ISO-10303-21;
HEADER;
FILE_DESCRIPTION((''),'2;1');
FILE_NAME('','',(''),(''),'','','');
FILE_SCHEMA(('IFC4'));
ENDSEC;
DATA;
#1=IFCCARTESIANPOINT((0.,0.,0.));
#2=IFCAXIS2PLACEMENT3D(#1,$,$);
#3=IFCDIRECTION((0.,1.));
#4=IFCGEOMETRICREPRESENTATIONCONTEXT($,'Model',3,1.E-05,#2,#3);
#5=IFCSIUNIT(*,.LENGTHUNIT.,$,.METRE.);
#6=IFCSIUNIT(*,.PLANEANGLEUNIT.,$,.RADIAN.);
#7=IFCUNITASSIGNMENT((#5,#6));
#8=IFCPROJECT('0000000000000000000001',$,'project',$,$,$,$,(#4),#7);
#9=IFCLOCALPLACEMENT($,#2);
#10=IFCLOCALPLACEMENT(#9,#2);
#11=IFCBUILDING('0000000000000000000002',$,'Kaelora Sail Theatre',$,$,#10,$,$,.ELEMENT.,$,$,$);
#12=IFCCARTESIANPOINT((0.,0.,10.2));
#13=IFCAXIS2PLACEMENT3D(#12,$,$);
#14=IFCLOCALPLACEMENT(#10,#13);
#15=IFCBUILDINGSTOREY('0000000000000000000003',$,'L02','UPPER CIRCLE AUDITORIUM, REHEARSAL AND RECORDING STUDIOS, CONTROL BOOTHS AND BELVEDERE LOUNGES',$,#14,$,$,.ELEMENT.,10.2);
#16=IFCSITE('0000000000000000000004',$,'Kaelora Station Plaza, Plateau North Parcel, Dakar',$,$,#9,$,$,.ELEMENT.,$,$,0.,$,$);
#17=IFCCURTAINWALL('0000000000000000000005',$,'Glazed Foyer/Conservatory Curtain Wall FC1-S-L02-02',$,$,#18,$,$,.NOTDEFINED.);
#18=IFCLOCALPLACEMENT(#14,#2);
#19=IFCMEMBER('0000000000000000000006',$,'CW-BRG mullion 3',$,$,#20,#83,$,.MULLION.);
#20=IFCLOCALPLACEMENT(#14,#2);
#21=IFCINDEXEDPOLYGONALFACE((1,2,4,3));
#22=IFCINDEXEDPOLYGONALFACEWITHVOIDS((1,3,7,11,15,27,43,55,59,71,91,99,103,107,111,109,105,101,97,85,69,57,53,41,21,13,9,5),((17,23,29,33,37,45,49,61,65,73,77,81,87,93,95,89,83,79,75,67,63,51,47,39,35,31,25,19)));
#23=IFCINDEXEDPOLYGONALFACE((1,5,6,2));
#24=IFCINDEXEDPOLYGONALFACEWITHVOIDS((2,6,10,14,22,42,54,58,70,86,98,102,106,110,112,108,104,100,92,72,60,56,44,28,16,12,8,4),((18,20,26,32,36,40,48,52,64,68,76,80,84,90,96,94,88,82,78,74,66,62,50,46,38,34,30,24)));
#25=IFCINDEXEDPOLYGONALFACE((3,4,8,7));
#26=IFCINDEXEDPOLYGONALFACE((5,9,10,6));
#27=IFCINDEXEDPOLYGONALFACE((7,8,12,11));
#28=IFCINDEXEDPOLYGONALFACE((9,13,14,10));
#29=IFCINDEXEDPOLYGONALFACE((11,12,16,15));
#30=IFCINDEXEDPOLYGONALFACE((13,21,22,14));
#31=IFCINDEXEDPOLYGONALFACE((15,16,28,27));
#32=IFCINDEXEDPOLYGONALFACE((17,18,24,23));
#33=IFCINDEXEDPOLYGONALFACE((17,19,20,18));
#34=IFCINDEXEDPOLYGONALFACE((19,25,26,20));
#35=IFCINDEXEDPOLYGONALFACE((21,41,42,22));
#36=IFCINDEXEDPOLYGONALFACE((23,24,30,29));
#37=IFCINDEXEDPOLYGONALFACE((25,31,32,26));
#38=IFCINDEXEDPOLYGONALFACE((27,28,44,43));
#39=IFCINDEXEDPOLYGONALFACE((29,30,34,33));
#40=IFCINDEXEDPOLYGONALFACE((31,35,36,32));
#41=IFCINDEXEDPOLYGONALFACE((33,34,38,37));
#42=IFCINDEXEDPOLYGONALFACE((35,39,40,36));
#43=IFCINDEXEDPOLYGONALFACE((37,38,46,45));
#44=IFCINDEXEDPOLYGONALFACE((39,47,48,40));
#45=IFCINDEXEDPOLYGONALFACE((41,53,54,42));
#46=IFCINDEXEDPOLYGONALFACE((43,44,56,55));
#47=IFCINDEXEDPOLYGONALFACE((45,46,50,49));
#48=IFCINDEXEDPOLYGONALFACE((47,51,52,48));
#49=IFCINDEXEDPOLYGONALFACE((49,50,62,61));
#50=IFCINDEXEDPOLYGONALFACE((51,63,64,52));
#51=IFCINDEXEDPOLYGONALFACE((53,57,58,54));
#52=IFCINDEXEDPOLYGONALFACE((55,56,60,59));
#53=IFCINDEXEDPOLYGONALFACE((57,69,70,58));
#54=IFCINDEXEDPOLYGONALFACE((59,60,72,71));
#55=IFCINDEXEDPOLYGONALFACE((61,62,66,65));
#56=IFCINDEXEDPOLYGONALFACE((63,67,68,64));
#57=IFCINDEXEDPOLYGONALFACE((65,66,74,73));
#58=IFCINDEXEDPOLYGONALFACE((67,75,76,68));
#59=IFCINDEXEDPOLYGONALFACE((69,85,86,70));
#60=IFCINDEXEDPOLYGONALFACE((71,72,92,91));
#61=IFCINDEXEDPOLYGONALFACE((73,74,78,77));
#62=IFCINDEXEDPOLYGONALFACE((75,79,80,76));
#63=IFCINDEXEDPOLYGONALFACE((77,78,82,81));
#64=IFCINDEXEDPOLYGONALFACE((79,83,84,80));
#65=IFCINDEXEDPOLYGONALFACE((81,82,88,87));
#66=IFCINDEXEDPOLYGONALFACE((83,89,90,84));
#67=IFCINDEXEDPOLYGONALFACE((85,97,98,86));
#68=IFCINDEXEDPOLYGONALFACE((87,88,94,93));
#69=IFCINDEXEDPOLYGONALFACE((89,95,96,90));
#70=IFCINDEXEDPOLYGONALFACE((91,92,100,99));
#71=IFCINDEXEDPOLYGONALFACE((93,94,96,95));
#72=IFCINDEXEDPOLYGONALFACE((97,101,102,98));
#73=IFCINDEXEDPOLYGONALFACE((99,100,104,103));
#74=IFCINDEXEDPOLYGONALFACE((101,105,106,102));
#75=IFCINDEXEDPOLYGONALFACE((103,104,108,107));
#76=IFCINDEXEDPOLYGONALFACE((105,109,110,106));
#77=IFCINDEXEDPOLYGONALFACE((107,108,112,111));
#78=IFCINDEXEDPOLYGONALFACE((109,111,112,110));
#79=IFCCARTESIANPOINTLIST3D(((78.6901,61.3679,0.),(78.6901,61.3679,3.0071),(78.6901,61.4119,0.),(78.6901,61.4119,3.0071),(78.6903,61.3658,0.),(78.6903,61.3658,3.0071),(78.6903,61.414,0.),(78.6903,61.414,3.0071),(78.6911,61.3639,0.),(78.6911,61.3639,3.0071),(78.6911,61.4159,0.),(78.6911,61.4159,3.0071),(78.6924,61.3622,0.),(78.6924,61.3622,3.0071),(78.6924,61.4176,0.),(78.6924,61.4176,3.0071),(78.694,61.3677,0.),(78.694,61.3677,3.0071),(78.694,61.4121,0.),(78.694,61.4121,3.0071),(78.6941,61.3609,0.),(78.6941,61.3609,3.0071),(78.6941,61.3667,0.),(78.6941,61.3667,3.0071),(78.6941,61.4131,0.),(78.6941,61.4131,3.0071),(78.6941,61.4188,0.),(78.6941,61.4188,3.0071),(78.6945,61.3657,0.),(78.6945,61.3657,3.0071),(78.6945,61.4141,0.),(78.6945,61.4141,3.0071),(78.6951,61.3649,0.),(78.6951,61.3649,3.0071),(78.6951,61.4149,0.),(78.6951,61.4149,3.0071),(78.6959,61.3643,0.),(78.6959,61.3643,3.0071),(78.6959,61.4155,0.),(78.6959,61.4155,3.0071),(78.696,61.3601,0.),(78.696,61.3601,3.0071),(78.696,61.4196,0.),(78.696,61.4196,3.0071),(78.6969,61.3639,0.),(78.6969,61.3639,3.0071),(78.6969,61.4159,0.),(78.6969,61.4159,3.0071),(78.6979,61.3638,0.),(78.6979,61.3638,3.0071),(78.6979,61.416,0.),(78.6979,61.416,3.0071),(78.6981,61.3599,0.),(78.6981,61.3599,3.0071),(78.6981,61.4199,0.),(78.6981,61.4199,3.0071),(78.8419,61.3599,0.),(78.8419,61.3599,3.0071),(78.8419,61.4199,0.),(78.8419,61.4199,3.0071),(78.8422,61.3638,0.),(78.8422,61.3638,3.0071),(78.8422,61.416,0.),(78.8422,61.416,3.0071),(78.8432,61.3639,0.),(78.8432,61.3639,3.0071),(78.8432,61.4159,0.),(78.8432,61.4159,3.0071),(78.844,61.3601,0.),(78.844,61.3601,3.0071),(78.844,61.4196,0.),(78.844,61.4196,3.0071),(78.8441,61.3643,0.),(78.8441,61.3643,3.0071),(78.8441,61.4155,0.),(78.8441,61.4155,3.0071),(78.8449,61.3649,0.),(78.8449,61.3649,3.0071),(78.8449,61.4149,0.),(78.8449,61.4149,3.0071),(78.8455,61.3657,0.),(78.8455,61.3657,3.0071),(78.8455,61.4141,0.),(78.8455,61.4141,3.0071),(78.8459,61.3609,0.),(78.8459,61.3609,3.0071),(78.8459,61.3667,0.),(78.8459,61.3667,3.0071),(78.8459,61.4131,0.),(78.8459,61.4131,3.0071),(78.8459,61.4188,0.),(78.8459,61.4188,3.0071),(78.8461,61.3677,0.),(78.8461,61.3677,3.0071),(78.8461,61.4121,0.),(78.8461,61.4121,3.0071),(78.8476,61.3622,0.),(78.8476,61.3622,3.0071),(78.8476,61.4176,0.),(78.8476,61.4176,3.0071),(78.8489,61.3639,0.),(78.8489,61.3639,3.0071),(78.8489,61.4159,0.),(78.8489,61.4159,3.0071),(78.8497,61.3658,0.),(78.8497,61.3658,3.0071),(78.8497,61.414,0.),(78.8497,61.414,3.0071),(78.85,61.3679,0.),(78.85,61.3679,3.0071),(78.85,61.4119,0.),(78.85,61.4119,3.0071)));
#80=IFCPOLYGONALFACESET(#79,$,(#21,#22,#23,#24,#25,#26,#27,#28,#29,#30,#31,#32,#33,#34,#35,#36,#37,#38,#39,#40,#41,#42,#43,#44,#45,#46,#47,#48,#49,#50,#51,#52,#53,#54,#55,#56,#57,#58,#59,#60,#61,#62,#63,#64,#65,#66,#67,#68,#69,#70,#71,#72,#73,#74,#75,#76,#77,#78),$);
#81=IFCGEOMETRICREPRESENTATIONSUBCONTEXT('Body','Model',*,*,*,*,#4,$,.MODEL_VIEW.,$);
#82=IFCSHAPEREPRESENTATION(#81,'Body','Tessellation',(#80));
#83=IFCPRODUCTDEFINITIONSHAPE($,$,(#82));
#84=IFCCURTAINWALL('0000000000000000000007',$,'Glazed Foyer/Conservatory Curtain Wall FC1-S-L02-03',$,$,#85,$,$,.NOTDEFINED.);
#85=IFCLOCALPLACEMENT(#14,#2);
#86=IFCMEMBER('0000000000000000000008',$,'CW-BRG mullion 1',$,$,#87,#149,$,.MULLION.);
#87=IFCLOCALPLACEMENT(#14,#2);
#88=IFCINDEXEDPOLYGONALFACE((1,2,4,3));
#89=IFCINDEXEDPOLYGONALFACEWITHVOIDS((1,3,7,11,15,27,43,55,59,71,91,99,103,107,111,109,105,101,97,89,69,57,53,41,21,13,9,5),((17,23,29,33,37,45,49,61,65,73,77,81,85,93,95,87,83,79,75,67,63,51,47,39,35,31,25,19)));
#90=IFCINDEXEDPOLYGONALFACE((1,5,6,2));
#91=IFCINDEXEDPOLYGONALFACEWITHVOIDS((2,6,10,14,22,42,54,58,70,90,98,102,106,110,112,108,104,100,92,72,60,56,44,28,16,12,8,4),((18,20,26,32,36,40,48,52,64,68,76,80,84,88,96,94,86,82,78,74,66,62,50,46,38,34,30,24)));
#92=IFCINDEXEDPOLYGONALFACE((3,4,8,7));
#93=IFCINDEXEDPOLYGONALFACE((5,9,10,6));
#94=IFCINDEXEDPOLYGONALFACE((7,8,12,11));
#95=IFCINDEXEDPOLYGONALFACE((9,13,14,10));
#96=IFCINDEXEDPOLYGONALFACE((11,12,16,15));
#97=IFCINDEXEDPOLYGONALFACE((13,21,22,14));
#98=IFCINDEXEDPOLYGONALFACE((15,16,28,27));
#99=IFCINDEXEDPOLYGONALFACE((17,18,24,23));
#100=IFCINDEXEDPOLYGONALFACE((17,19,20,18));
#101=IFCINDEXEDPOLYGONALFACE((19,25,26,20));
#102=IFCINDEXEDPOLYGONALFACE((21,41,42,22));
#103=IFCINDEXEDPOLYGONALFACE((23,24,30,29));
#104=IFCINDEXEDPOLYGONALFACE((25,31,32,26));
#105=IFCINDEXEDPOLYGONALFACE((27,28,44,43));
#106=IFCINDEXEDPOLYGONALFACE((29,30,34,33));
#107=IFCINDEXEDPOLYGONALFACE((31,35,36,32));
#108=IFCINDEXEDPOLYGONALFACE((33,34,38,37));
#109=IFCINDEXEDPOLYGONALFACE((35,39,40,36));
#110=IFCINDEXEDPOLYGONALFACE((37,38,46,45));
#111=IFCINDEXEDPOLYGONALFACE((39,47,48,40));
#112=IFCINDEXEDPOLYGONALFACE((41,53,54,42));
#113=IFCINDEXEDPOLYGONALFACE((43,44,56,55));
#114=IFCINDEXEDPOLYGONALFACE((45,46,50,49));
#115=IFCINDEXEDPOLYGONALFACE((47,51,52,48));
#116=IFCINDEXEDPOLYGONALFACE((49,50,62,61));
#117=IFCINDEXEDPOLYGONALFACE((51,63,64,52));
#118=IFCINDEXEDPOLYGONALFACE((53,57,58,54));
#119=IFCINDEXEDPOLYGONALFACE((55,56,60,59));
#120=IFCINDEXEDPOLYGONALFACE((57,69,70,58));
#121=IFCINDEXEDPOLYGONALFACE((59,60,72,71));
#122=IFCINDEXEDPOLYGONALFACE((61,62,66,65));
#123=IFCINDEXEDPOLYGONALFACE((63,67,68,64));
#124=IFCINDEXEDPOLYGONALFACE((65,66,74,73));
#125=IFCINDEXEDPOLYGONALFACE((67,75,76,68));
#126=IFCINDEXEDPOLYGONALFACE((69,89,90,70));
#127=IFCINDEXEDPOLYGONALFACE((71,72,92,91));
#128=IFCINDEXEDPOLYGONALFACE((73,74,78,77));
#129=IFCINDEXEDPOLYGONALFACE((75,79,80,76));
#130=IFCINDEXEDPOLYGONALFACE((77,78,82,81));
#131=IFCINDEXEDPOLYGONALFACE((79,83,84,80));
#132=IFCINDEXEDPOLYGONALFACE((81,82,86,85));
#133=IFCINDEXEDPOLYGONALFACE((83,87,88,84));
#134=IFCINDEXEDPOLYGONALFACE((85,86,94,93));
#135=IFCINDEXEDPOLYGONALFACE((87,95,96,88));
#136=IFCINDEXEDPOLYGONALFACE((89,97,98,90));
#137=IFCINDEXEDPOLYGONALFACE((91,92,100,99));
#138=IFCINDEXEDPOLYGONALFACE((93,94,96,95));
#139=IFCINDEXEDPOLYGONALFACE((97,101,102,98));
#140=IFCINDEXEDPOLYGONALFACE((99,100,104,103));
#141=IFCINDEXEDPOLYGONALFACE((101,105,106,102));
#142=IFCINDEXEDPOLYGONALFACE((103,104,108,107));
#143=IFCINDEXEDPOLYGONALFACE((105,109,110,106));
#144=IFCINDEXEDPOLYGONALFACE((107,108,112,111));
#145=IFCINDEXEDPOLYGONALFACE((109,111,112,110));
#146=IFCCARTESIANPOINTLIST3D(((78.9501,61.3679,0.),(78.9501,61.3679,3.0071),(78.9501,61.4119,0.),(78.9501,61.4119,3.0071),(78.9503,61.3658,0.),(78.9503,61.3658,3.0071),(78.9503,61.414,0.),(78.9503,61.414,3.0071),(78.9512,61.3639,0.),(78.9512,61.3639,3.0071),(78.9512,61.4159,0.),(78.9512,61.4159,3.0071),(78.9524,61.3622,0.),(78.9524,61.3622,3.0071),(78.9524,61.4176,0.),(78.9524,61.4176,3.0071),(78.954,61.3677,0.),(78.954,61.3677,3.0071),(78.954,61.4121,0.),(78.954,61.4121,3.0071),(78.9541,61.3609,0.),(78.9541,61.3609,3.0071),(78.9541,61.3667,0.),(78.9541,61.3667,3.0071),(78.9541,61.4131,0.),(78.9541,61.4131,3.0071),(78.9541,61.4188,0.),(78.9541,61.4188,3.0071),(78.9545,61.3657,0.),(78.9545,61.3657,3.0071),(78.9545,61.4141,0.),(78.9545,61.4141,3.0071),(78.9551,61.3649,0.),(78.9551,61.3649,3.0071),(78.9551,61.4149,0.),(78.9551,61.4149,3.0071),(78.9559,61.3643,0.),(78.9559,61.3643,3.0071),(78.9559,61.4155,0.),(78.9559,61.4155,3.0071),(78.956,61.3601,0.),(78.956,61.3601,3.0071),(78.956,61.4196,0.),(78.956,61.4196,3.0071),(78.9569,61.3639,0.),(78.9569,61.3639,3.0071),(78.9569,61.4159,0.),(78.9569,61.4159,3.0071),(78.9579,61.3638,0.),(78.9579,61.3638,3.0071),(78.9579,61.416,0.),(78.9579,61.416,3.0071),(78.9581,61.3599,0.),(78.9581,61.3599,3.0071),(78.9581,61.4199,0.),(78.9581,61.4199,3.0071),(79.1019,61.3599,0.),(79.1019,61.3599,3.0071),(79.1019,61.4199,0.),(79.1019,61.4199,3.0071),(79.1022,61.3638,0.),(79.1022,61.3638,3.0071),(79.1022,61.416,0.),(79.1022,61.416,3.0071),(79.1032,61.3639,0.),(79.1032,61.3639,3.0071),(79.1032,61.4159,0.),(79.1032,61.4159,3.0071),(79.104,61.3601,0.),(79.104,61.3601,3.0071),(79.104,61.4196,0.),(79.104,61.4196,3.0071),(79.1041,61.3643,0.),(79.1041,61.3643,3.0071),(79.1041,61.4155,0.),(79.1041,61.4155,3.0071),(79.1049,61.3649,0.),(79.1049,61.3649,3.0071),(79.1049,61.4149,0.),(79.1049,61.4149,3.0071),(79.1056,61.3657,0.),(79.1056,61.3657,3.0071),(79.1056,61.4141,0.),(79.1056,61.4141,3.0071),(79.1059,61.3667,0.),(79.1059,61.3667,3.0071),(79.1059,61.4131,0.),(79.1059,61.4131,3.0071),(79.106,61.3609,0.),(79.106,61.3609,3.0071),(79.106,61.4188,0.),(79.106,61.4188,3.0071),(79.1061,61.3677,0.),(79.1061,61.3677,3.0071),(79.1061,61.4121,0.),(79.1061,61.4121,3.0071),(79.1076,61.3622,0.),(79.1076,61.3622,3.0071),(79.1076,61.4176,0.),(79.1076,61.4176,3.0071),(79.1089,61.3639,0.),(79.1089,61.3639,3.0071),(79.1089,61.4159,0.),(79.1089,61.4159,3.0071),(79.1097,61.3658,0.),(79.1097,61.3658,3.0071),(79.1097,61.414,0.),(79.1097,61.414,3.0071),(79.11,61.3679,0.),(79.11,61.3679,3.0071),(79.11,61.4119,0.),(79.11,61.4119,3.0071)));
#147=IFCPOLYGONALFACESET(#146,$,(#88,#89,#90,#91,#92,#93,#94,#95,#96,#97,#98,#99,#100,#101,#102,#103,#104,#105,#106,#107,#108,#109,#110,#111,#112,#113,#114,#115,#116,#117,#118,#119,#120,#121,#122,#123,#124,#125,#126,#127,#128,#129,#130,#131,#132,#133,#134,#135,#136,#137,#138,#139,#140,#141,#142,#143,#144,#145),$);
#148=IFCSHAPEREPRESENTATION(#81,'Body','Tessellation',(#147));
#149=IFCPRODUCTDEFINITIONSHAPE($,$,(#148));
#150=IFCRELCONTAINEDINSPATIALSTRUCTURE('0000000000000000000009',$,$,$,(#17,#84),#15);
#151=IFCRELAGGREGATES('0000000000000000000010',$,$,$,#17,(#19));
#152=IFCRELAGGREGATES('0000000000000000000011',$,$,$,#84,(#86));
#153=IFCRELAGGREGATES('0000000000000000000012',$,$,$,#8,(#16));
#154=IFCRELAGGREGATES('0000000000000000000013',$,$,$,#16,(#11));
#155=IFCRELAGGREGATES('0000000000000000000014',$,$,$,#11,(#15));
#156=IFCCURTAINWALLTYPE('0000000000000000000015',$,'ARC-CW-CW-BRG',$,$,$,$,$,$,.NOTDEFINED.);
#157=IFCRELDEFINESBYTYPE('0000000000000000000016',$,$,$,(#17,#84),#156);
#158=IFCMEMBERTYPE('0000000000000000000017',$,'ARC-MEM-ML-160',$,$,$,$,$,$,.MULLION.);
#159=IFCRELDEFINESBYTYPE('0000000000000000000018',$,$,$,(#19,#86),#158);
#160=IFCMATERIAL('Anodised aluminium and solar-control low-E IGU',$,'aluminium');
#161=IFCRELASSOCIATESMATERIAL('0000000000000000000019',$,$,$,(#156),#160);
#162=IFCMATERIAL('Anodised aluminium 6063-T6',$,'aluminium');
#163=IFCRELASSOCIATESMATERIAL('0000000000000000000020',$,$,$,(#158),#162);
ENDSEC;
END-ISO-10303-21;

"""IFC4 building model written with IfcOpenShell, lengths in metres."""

from ifc_helpers import new_model, si_unit, direction, frame, origin, origin_2d, place, context, subcontext, project, spatial, hollow_rectangle, extrude, material, material_profile, profile_set, type_object, element, aggregate, save


model = new_model("IFC4")

# Units and contexts
model_context = context("Model", 3, precision=1e-05, world=origin(), true_north=direction((0.0, 1.0)))
body_context = subcontext(model_context, "Body", "Model", "MODEL_VIEW")
ifc_project = project(units=[si_unit("LENGTHUNIT", "METRE"), si_unit("PLANEANGLEUNIT", "RADIAN")], contexts=[model_context])

# Site, building, storey
site_placement = place(None, origin())
site = spatial("IfcSite", under=ifc_project, at=site_placement, Name="Kaelora Station Plaza, Plateau North Parcel, Dakar", CompositionType="ELEMENT", RefElevation=0.0)
building_placement = place(site_placement, origin())
building = spatial("IfcBuilding", under=site, at=building_placement, Name="Kaelora Sail Theatre", CompositionType="ELEMENT")
storey_placement = place(building_placement, frame((0.0, 0.0, 10.2)))
storey = spatial("IfcBuildingStorey", under=building, at=storey_placement, Name="L02", Description="UPPER CIRCLE AUDITORIUM, REHEARSAL AND RECORDING STUDIOS, CONTROL BOOTHS AND BELVEDERE LOUNGES", CompositionType="ELEMENT", Elevation=10.2)

# Curtain walls, members
ifc_material_1 = material(Name="Anodised aluminium and solar-control low-E IGU", Category="aluminium")
curtain_wall_type = type_object("IfcCurtainWallType", Name="ARC-CW-CW-BRG", PredefinedType="NOTDEFINED", material=ifc_material_1)
curtain_wall_1_placement = place(storey_placement, origin())
curtain_wall_1 = element("IfcCurtainWall", 1, at=curtain_wall_1_placement, inside=storey, type_object=curtain_wall_type, Name="Glazed Foyer/Conservatory Curtain Wall FC1-S-L02-02", PredefinedType="NOTDEFINED")
ifc_material_2 = material(Name="Anodised aluminium 6063-T6", Category="aluminium")
ifc_material_profile_1 = material_profile(ifc_material_2, hollow_rectangle(XDim=0.0601, YDim=0.1599, WallThickness=0.0039, InnerFilletRadius=0.0039, OuterFilletRadius=0.0081, at=origin_2d()), Name="ALU-MULL 60x160x4")
ifc_profile_set_1 = profile_set([ifc_material_profile_1], Name="Anodised aluminium 6063-T6")
member_type_1 = type_object("IfcMemberType", Name="ARC-MEM-ML-160", PredefinedType="MULLION", material=ifc_profile_set_1)
member_1_placement = place(storey_placement, frame((78.77, 61.3899, 0.0), z_axis=(0.0, 0.0, 1.0), x_axis=(0.0, 1.0, 0.0)))
member_1 = element("IfcMember", 2, at=member_1_placement, type_object=member_type_1, Name="CW-BRG mullion 3", PredefinedType="MULLION", context=body_context, shape_type="SweptSolid", body=[
    extrude(hollow_rectangle(XDim=0.0601, YDim=0.1599, WallThickness=0.0039, InnerFilletRadius=0.0039, OuterFilletRadius=0.0081, at=origin_2d()), origin(), (0.0, 0.0, 1.0), 3.0071),
])
curtain_wall_2_placement = place(storey_placement, origin())
curtain_wall_2 = element("IfcCurtainWall", 3, at=curtain_wall_2_placement, inside=storey, type_object=curtain_wall_type, Name="Glazed Foyer/Conservatory Curtain Wall FC1-S-L02-03", PredefinedType="NOTDEFINED")
member_2_placement = place(storey_placement, frame((79.03, 61.3899, 0.0), z_axis=(0.0, 0.0, 1.0), x_axis=(0.0, 1.0, 0.0)))
member_2 = element("IfcMember", 4, at=member_2_placement, type_object=member_type_1, Name="CW-BRG mullion 1", PredefinedType="MULLION", context=body_context, shape_type="SweptSolid", body=[
    extrude(hollow_rectangle(XDim=0.0601, YDim=0.1599, WallThickness=0.0039, InnerFilletRadius=0.0039, OuterFilletRadius=0.0081, at=origin_2d()), origin(), (0.0, 0.0, 1.0), 3.0071),
])

aggregate(curtain_wall_1, [member_1])
aggregate(curtain_wall_2, [member_2])

save(model, "model.ifc")
